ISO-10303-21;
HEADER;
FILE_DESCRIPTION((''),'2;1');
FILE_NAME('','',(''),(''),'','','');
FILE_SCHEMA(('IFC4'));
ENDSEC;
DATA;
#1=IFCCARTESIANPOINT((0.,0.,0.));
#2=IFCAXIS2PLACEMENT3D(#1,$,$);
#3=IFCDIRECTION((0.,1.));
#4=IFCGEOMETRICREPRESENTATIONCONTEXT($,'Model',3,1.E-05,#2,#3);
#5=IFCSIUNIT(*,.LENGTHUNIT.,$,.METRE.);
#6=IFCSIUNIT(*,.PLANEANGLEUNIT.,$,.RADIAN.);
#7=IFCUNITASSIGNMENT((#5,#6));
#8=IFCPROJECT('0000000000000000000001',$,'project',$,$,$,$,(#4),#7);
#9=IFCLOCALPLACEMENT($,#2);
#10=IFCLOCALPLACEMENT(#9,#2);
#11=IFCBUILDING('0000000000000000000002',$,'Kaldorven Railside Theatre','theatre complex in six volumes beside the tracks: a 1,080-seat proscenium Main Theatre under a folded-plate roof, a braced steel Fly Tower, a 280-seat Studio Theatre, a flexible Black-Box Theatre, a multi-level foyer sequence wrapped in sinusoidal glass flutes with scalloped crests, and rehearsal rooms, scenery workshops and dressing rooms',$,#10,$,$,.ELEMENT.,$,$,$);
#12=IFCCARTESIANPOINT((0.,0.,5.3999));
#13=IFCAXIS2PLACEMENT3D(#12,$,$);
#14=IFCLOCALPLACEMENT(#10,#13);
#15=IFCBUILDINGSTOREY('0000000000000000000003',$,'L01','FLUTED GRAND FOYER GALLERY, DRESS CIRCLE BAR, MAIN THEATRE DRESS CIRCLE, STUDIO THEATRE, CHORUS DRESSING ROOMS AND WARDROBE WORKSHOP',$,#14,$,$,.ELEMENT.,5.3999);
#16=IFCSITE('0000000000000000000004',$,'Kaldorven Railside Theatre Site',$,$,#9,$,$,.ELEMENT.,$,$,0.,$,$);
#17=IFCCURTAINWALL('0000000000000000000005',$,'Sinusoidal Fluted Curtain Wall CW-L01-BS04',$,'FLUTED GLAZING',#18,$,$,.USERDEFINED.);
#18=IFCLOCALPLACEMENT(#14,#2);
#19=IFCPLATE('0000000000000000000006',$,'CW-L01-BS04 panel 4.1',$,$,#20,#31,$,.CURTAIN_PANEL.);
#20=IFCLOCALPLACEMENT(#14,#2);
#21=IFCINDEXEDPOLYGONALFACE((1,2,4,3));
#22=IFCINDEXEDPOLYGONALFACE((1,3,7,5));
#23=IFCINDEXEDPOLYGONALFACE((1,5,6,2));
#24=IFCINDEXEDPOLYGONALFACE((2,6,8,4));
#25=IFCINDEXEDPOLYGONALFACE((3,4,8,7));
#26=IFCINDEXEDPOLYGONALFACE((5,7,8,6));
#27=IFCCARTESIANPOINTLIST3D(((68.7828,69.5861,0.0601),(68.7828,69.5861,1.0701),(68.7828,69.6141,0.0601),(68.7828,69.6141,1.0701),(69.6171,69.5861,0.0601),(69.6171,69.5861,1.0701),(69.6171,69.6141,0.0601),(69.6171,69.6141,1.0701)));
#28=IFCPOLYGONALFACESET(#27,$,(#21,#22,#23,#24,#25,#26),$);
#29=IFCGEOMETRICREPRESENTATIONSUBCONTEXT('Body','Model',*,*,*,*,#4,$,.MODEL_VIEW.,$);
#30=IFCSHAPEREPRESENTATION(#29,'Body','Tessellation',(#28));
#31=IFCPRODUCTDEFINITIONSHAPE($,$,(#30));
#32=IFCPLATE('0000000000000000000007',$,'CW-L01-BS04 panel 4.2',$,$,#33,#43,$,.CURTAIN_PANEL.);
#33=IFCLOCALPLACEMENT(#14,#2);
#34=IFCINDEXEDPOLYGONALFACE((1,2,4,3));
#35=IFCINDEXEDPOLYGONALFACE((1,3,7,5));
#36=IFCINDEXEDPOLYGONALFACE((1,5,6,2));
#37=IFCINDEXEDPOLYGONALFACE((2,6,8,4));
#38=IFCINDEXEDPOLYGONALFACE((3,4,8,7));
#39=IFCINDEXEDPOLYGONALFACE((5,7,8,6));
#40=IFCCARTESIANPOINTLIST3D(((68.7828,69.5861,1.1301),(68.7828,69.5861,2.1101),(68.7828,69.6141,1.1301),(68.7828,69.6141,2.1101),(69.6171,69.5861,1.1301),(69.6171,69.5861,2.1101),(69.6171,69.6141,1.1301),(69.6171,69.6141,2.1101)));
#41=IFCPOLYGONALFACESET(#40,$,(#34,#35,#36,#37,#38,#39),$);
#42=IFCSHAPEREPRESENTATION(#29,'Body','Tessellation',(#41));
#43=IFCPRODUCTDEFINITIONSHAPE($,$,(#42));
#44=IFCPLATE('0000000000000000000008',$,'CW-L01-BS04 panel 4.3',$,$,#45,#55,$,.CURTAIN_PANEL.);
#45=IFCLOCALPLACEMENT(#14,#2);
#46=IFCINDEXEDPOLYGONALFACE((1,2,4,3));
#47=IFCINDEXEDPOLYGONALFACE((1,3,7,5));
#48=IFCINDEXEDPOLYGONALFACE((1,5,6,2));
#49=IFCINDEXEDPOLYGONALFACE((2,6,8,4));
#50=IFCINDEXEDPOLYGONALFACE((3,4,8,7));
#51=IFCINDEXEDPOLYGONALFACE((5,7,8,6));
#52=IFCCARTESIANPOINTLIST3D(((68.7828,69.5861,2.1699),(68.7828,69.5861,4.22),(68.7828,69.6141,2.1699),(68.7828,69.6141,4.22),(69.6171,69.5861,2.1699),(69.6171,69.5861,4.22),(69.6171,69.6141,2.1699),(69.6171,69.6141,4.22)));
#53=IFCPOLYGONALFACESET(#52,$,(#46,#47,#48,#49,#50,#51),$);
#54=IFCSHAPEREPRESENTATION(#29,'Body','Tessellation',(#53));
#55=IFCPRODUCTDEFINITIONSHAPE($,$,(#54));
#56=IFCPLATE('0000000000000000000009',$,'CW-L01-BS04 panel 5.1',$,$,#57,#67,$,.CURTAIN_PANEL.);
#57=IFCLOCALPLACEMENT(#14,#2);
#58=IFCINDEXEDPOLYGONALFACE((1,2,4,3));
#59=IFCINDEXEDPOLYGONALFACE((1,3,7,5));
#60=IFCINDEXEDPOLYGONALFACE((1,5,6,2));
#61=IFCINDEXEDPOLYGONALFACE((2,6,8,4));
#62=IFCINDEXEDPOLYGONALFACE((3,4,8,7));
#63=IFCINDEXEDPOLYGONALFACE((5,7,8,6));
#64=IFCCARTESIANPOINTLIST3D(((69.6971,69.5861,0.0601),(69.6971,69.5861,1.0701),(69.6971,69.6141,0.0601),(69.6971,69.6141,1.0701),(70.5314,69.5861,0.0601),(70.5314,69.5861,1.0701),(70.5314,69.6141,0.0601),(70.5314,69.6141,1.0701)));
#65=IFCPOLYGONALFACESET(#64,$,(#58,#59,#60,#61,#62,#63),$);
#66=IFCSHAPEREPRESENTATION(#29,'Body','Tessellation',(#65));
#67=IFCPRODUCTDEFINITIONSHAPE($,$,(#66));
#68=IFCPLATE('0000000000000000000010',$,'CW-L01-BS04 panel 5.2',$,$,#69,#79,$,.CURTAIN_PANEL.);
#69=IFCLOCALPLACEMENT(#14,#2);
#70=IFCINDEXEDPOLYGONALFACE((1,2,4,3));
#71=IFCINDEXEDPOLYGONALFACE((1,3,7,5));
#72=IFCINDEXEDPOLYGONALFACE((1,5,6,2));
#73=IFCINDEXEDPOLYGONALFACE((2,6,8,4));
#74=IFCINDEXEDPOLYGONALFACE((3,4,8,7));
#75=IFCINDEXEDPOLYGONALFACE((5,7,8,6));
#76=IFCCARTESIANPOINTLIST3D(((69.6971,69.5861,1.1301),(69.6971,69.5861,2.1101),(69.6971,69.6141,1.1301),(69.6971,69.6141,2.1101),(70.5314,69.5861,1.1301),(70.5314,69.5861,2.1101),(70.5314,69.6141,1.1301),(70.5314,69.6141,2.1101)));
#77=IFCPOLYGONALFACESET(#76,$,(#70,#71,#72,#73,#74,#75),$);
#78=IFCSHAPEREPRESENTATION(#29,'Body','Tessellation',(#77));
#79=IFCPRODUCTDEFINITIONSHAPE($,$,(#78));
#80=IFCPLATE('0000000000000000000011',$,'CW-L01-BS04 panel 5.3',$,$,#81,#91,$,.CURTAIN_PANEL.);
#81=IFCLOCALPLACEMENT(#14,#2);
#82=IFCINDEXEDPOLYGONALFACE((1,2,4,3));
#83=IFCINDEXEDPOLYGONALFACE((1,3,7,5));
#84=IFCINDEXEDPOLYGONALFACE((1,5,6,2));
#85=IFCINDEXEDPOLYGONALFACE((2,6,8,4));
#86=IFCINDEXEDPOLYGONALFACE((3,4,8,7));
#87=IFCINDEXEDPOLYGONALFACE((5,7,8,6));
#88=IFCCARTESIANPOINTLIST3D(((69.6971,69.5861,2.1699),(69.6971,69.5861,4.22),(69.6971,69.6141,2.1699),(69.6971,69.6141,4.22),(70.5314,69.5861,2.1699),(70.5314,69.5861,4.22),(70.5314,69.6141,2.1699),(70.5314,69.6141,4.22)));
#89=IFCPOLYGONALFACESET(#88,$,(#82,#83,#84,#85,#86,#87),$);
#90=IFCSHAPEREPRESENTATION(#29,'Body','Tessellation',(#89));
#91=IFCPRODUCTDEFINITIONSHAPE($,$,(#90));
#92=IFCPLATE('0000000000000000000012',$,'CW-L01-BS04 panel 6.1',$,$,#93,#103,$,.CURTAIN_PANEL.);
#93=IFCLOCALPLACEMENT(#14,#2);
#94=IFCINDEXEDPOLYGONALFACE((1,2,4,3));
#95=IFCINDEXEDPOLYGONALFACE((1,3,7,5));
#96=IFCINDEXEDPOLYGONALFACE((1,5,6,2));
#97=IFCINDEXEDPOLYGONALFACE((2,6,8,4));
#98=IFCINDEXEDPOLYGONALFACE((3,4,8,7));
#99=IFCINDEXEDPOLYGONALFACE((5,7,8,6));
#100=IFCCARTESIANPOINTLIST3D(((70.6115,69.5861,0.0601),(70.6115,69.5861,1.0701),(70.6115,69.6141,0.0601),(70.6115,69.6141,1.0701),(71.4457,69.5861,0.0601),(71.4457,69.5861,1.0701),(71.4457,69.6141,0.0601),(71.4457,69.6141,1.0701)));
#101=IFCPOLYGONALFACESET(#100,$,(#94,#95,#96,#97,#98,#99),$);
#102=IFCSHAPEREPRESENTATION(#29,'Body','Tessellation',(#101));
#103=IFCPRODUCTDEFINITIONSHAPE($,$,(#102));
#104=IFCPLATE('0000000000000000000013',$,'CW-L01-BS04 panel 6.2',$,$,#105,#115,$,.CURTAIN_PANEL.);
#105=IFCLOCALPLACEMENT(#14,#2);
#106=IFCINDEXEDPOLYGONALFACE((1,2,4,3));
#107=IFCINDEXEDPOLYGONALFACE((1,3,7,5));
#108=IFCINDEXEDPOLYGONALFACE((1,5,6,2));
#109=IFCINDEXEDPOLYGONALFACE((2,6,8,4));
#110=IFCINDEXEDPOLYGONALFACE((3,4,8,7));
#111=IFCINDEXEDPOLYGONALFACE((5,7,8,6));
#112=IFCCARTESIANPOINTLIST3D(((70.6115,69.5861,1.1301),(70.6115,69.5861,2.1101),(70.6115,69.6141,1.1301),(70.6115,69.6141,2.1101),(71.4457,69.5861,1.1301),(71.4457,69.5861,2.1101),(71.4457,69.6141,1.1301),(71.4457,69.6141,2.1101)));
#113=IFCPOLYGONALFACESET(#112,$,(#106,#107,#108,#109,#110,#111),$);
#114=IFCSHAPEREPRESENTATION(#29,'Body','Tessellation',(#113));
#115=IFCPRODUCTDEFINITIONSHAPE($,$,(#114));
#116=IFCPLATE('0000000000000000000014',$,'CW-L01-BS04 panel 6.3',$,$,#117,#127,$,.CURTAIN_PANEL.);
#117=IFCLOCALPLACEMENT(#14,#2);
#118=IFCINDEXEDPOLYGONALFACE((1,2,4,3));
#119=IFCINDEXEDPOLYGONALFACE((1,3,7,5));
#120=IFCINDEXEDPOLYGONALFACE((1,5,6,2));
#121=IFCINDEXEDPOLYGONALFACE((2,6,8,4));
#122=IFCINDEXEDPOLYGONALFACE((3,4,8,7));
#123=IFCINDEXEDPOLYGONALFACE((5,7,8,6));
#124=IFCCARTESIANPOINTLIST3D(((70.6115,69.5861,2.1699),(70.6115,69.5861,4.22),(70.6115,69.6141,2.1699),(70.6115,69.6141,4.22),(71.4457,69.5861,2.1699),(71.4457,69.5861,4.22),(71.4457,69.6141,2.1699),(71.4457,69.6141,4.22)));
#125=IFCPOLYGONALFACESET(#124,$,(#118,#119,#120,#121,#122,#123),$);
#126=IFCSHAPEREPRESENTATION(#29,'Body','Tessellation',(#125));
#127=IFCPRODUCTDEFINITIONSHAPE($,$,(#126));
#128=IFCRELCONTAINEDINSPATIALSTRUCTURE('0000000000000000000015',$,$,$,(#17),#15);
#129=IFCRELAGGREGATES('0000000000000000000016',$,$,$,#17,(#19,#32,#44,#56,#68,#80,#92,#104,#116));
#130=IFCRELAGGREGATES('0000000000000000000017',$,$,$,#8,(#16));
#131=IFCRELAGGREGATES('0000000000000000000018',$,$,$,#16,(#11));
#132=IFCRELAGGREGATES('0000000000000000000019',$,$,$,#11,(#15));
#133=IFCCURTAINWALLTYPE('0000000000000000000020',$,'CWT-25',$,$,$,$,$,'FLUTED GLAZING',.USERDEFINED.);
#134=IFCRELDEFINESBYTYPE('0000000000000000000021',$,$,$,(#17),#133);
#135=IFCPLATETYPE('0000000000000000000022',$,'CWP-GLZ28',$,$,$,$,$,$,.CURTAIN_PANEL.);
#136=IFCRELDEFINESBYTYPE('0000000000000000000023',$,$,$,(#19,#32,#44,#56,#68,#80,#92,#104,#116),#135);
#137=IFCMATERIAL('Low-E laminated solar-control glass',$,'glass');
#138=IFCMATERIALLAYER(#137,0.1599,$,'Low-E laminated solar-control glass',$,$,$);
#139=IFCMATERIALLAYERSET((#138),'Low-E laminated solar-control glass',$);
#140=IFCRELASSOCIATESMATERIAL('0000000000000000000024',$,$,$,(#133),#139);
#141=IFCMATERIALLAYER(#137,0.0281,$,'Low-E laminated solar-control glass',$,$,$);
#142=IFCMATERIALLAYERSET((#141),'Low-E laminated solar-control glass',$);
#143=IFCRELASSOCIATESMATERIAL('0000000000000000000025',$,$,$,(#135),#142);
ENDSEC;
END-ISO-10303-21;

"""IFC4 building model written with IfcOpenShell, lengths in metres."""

from ifc_helpers import new_model, si_unit, direction, frame, origin, origin_2d, place, context, subcontext, project, spatial, rectangle, extrude, material, layer, layer_set, type_object, element, aggregate, save


model = new_model("IFC4")

# Units and contexts
model_context = context("Model", 3, precision=1e-05, world=origin(), true_north=direction((0.0, 1.0)))
body_context = subcontext(model_context, "Body", "Model", "MODEL_VIEW")
ifc_project = project(units=[si_unit("LENGTHUNIT", "METRE"), si_unit("PLANEANGLEUNIT", "RADIAN")], contexts=[model_context])

# Site, building, storey
site_placement = place(None, origin())
site = spatial("IfcSite", under=ifc_project, at=site_placement, Name="Kaldorven Railside Theatre Site", CompositionType="ELEMENT", RefElevation=0.0)
building_placement = place(site_placement, origin())
building = spatial("IfcBuilding", under=site, at=building_placement, Name="Kaldorven Railside Theatre", Description="theatre complex in six volumes beside the tracks: a 1,080-seat proscenium Main Theatre under a folded-plate roof, a braced steel Fly Tower, a 280-seat Studio Theatre, a flexible Black-Box Theatre, a multi-level foyer sequence wrapped in sinusoidal glass flutes with scalloped crests, and rehearsal rooms, scenery workshops and dressing rooms", CompositionType="ELEMENT")
storey_placement = place(building_placement, frame((0.0, 0.0, 5.3999)))
storey = spatial("IfcBuildingStorey", under=building, at=storey_placement, Name="L01", Description="FLUTED GRAND FOYER GALLERY, DRESS CIRCLE BAR, MAIN THEATRE DRESS CIRCLE, STUDIO THEATRE, CHORUS DRESSING ROOMS AND WARDROBE WORKSHOP", CompositionType="ELEMENT", Elevation=5.3999)

# Curtain wall, plates
ifc_material_1 = material(Name="Low-E laminated solar-control glass", Category="glass")
ifc_layer_1 = layer(ifc_material_1, 0.1599, Name="Low-E laminated solar-control glass")
ifc_layer_set_1 = layer_set([ifc_layer_1], Name="Low-E laminated solar-control glass")
curtain_wall_type = type_object("IfcCurtainWallType", Name="CWT-25", ElementType="FLUTED GLAZING", PredefinedType="USERDEFINED", material=ifc_layer_set_1)
curtain_wall_placement = place(storey_placement, origin())
curtain_wall = element("IfcCurtainWall", 1, at=curtain_wall_placement, inside=storey, type_object=curtain_wall_type, Name="Sinusoidal Fluted Curtain Wall CW-L01-BS04", ObjectType="FLUTED GLAZING", PredefinedType="USERDEFINED")
ifc_layer_2 = layer(ifc_material_1, 0.0281, Name="Low-E laminated solar-control glass")
ifc_layer_set_2 = layer_set([ifc_layer_2], Name="Low-E laminated solar-control glass")
plate_type = type_object("IfcPlateType", Name="CWP-GLZ28", PredefinedType="CURTAIN_PANEL", material=ifc_layer_set_2)
plate_1_placement = place(storey_placement, frame((69.2, 69.6001, 0.0601), z_axis=(0.0, 0.0, 1.0), x_axis=(1.0, 0.0, 0.0)))
plate_1 = element("IfcPlate", 2, at=plate_1_placement, type_object=plate_type, Name="CW-L01-BS04 panel 4.1", PredefinedType="CURTAIN_PANEL", context=body_context, shape_type="SweptSolid", body=[
    extrude(rectangle(XDim=0.8342, YDim=0.0281, at=origin_2d()), origin(), (0.0, 0.0, 1.0), 1.01),
])
plate_2_placement = place(storey_placement, frame((69.2, 69.6001, 1.1301), z_axis=(0.0, 0.0, 1.0), x_axis=(1.0, 0.0, 0.0)))
plate_2 = element("IfcPlate", 3, at=plate_2_placement, type_object=plate_type, Name="CW-L01-BS04 panel 4.2", PredefinedType="CURTAIN_PANEL", context=body_context, shape_type="SweptSolid", body=[
    extrude(rectangle(XDim=0.8342, YDim=0.0281, at=origin_2d()), origin(), (0.0, 0.0, 1.0), 0.98),
])
plate_3_placement = place(storey_placement, frame((69.2, 69.6001, 2.1699), z_axis=(0.0, 0.0, 1.0), x_axis=(1.0, 0.0, 0.0)))
plate_3 = element("IfcPlate", 4, at=plate_3_placement, type_object=plate_type, Name="CW-L01-BS04 panel 4.3", PredefinedType="CURTAIN_PANEL", context=body_context, shape_type="SweptSolid", body=[
    extrude(rectangle(XDim=0.8342, YDim=0.0281, at=origin_2d()), origin(), (0.0, 0.0, 1.0), 2.05),
])
plate_4_placement = place(storey_placement, frame((70.1143, 69.6001, 0.0601), z_axis=(0.0, 0.0, 1.0), x_axis=(1.0, 0.0, 0.0)))
plate_4 = element("IfcPlate", 5, at=plate_4_placement, type_object=plate_type, Name="CW-L01-BS04 panel 5.1", PredefinedType="CURTAIN_PANEL", context=body_context, shape_type="SweptSolid", body=[
    extrude(rectangle(XDim=0.8342, YDim=0.0281, at=origin_2d()), origin(), (0.0, 0.0, 1.0), 1.01),
])
plate_5_placement = place(storey_placement, frame((70.1143, 69.6001, 1.1301), z_axis=(0.0, 0.0, 1.0), x_axis=(1.0, 0.0, 0.0)))
plate_5 = element("IfcPlate", 6, at=plate_5_placement, type_object=plate_type, Name="CW-L01-BS04 panel 5.2", PredefinedType="CURTAIN_PANEL", context=body_context, shape_type="SweptSolid", body=[
    extrude(rectangle(XDim=0.8342, YDim=0.0281, at=origin_2d()), origin(), (0.0, 0.0, 1.0), 0.98),
])
plate_6_placement = place(storey_placement, frame((70.1143, 69.6001, 2.1699), z_axis=(0.0, 0.0, 1.0), x_axis=(1.0, 0.0, 0.0)))
plate_6 = element("IfcPlate", 7, at=plate_6_placement, type_object=plate_type, Name="CW-L01-BS04 panel 5.3", PredefinedType="CURTAIN_PANEL", context=body_context, shape_type="SweptSolid", body=[
    extrude(rectangle(XDim=0.8342, YDim=0.0281, at=origin_2d()), origin(), (0.0, 0.0, 1.0), 2.05),
])
plate_7_placement = place(storey_placement, frame((71.0286, 69.6001, 0.0601), z_axis=(0.0, 0.0, 1.0), x_axis=(1.0, 0.0, 0.0)))
plate_7 = element("IfcPlate", 8, at=plate_7_placement, type_object=plate_type, Name="CW-L01-BS04 panel 6.1", PredefinedType="CURTAIN_PANEL", context=body_context, shape_type="SweptSolid", body=[
    extrude(rectangle(XDim=0.8342, YDim=0.0281, at=origin_2d()), origin(), (0.0, 0.0, 1.0), 1.01),
])
plate_8_placement = place(storey_placement, frame((71.0286, 69.6001, 1.1301), z_axis=(0.0, 0.0, 1.0), x_axis=(1.0, 0.0, 0.0)))
plate_8 = element("IfcPlate", 9, at=plate_8_placement, type_object=plate_type, Name="CW-L01-BS04 panel 6.2", PredefinedType="CURTAIN_PANEL", context=body_context, shape_type="SweptSolid", body=[
    extrude(rectangle(XDim=0.8342, YDim=0.0281, at=origin_2d()), origin(), (0.0, 0.0, 1.0), 0.98),
])
plate_9_placement = place(storey_placement, frame((71.0286, 69.6001, 2.1699), z_axis=(0.0, 0.0, 1.0), x_axis=(1.0, 0.0, 0.0)))
plate_9 = element("IfcPlate", 10, at=plate_9_placement, type_object=plate_type, Name="CW-L01-BS04 panel 6.3", PredefinedType="CURTAIN_PANEL", context=body_context, shape_type="SweptSolid", body=[
    extrude(rectangle(XDim=0.8342, YDim=0.0281, at=origin_2d()), origin(), (0.0, 0.0, 1.0), 2.05),
])
aggregate(curtain_wall, [plate_1, plate_2, plate_3, plate_4, plate_5, plate_6, plate_7, plate_8, plate_9])

save(model, "model.ifc")
